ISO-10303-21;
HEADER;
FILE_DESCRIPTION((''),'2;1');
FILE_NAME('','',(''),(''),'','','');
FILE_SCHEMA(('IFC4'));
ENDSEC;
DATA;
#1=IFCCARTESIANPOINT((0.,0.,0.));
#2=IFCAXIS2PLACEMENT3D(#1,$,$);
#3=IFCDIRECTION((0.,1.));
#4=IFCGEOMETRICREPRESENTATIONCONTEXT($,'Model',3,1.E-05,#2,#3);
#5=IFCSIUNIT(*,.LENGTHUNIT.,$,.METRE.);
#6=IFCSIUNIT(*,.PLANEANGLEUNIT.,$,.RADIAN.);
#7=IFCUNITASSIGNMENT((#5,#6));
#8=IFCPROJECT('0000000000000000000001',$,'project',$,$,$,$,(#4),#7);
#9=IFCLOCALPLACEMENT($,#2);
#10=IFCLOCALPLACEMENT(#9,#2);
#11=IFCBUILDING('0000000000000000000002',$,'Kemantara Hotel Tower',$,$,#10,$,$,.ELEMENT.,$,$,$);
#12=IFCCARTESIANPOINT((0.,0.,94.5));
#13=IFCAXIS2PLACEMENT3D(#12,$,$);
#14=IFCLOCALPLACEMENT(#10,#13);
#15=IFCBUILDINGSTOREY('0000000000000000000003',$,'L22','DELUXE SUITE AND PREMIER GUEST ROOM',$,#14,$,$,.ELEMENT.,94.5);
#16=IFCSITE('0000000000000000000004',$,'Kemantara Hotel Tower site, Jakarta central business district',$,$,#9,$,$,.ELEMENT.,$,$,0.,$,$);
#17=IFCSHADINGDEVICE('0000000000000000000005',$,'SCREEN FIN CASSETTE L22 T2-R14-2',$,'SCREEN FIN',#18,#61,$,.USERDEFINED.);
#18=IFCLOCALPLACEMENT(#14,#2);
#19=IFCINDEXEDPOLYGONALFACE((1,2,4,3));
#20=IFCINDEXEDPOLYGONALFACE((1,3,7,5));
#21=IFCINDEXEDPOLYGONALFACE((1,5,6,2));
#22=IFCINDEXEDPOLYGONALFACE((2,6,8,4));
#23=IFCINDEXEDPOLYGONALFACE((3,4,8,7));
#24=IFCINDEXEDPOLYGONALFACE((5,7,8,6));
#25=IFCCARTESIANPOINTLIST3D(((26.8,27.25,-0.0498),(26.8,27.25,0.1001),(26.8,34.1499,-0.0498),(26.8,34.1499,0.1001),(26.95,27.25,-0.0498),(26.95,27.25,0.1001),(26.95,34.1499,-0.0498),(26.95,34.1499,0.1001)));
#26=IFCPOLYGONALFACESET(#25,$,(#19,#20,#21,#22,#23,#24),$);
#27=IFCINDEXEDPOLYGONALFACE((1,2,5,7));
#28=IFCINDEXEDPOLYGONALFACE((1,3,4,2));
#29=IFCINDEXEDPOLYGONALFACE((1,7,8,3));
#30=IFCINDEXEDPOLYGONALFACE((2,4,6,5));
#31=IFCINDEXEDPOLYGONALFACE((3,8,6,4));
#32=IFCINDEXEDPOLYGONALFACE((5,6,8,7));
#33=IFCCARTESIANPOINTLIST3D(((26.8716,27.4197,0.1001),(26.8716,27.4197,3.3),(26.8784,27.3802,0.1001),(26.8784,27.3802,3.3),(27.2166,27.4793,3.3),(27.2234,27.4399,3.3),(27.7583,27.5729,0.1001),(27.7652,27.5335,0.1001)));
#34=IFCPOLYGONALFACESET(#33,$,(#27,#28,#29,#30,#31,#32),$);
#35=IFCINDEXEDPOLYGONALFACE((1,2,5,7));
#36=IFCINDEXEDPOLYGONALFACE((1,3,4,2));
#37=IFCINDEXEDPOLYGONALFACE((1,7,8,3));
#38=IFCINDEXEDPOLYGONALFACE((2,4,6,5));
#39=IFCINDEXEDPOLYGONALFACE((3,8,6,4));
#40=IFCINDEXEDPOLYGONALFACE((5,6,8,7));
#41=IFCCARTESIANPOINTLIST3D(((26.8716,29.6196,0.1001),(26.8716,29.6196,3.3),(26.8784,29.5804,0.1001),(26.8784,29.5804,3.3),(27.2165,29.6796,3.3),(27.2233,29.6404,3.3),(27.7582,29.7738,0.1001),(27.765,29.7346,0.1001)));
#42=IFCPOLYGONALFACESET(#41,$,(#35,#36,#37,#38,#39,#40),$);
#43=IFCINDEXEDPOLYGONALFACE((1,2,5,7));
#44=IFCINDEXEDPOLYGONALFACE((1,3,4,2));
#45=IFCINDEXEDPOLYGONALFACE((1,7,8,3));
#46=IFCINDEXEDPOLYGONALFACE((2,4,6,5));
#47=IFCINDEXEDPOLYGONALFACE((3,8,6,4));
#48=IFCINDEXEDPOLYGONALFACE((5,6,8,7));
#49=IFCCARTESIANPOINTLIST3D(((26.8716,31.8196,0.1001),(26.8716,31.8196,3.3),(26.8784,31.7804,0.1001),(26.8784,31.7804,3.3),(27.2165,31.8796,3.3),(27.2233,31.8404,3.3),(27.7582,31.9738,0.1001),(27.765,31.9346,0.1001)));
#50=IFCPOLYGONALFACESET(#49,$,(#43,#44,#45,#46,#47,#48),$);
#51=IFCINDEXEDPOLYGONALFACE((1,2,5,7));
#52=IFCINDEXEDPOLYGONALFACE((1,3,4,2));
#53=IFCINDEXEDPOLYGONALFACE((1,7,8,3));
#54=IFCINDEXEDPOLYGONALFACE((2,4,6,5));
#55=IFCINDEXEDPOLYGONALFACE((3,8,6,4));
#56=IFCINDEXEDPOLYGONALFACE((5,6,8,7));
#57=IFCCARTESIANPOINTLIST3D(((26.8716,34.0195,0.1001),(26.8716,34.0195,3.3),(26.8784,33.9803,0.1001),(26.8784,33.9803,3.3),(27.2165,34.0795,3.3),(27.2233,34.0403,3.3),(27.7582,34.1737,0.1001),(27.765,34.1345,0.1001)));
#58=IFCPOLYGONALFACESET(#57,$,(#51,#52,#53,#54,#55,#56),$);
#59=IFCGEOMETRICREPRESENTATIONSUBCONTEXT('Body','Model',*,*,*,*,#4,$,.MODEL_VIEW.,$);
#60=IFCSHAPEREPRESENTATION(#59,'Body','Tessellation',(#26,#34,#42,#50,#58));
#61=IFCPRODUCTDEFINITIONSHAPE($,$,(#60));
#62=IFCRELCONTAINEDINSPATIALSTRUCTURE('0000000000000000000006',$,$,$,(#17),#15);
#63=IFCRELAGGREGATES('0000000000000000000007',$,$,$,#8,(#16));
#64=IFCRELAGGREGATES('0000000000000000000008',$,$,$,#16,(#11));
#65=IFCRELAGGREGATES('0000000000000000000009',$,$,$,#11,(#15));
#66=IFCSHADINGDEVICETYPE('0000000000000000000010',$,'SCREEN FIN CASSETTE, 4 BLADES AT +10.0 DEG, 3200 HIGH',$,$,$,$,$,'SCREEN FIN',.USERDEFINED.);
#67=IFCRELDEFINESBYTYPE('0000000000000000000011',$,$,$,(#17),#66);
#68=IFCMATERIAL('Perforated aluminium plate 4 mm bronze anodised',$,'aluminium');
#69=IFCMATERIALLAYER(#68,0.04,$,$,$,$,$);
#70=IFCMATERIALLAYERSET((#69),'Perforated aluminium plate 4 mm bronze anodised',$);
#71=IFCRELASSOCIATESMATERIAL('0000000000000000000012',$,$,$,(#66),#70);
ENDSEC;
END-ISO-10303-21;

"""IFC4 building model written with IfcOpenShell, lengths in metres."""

from ifc_helpers import new_model, si_unit, direction, frame, origin, origin_2d, place, context, subcontext, project, spatial, polyline, rectangle, outline, extrude, source, transform, mapped, material, layer, layer_set, type_object, element, save


model = new_model("IFC4")

# Units and contexts
model_context = context("Model", 3, precision=1e-05, world=origin(), true_north=direction((0.0, 1.0)))
body_context = subcontext(model_context, "Body", "Model", "MODEL_VIEW")
ifc_project = project(units=[si_unit("LENGTHUNIT", "METRE"), si_unit("PLANEANGLEUNIT", "RADIAN")], contexts=[model_context])

# Site, building, storey
site_placement = place(None, origin())
site = spatial("IfcSite", under=ifc_project, at=site_placement, Name="Kemantara Hotel Tower site, Jakarta central business district", CompositionType="ELEMENT", RefElevation=0.0)
building_placement = place(site_placement, origin())
building = spatial("IfcBuilding", under=site, at=building_placement, Name="Kemantara Hotel Tower", CompositionType="ELEMENT")
storey_placement = place(building_placement, frame((0.0, 0.0, 94.5)))
storey = spatial("IfcBuildingStorey", under=building, at=storey_placement, Name="L22", Description="DELUXE SUITE AND PREMIER GUEST ROOM", CompositionType="ELEMENT", Elevation=94.5)

# Shading device
ifc_material_1 = material(Name="Perforated aluminium plate 4 mm bronze anodised", Category="aluminium")
ifc_layer_1 = layer(ifc_material_1, 0.04)
ifc_layer_set_1 = layer_set([ifc_layer_1], Name="Perforated aluminium plate 4 mm bronze anodised")
shading_device_type_1 = type_object("IfcShadingDeviceType", Name="SCREEN FIN CASSETTE, 4 BLADES AT +10.0 DEG, 3200 HIGH", ElementType="SCREEN FIN", PredefinedType="USERDEFINED", material=ifc_layer_set_1)
shared_shape_1 = source(origin(), body_context, "Body", "SweptSolid", [
    extrude(rectangle(XDim=6.8999, YDim=0.1499, at=origin_2d()), frame((3.3, -0.075, -0.1499), z_axis=(0.0, 0.0, 1.0), x_axis=(1.0, 0.0, 0.0)), (0.0, 0.0, 1.0), 0.1499),
    extrude(outline(polyline([(0.0, 0.0), (0.8999, 0.0), (0.3501, 3.2), (0.0, 3.2), (0.0, 0.0)])), frame((0.0198, -0.0715, 0.0), z_axis=(-0.98539, -0.170314, 0.0), x_axis=(0.170314, -0.98539, 0.0)), (0.0, 0.0, 1.0), 0.04),
    extrude(outline(polyline([(0.0, 0.0), (0.8999, 0.0), (0.3501, 3.2), (0.0, 3.2), (0.0, 0.0)])), frame((2.2197, -0.0715, 0.0), z_axis=(-0.985212, -0.171341, 0.0), x_axis=(0.171341, -0.985212, 0.0)), (0.0, 0.0, 1.0), 0.0398),
    extrude(outline(polyline([(0.0, 0.0), (0.8999, 0.0), (0.3501, 3.2), (0.0, 3.2), (0.0, 0.0)])), frame((4.4197, -0.0715, 0.0), z_axis=(-0.985212, -0.171341, 0.0), x_axis=(0.171341, -0.985212, 0.0)), (0.0, 0.0, 1.0), 0.0398),
    extrude(outline(polyline([(0.0, 0.0), (0.8999, 0.0), (0.3501, 3.2), (0.0, 3.2), (0.0, 0.0)])), frame((6.6196, -0.0715, 0.0), z_axis=(-0.985212, -0.171341, 0.0), x_axis=(0.171341, -0.985212, 0.0)), (0.0, 0.0, 1.0), 0.0398),
])
shading_device_1_placement = place(storey_placement, frame((26.8, 27.3999, 0.1001), z_axis=(0.0, 0.0, 1.0), x_axis=(0.0, 1.0, 0.0)))
element("IfcShadingDevice", 1, at=shading_device_1_placement, inside=storey, type_object=shading_device_type_1, Name="SCREEN FIN CASSETTE L22 T2-R14-2", ObjectType="SCREEN FIN", PredefinedType="USERDEFINED", context=body_context, shape_type="MappedRepresentation", body=[
    mapped(shared_shape_1, transform((0.0, 0.0, 0.0))),
])

save(model, "model.ifc")
